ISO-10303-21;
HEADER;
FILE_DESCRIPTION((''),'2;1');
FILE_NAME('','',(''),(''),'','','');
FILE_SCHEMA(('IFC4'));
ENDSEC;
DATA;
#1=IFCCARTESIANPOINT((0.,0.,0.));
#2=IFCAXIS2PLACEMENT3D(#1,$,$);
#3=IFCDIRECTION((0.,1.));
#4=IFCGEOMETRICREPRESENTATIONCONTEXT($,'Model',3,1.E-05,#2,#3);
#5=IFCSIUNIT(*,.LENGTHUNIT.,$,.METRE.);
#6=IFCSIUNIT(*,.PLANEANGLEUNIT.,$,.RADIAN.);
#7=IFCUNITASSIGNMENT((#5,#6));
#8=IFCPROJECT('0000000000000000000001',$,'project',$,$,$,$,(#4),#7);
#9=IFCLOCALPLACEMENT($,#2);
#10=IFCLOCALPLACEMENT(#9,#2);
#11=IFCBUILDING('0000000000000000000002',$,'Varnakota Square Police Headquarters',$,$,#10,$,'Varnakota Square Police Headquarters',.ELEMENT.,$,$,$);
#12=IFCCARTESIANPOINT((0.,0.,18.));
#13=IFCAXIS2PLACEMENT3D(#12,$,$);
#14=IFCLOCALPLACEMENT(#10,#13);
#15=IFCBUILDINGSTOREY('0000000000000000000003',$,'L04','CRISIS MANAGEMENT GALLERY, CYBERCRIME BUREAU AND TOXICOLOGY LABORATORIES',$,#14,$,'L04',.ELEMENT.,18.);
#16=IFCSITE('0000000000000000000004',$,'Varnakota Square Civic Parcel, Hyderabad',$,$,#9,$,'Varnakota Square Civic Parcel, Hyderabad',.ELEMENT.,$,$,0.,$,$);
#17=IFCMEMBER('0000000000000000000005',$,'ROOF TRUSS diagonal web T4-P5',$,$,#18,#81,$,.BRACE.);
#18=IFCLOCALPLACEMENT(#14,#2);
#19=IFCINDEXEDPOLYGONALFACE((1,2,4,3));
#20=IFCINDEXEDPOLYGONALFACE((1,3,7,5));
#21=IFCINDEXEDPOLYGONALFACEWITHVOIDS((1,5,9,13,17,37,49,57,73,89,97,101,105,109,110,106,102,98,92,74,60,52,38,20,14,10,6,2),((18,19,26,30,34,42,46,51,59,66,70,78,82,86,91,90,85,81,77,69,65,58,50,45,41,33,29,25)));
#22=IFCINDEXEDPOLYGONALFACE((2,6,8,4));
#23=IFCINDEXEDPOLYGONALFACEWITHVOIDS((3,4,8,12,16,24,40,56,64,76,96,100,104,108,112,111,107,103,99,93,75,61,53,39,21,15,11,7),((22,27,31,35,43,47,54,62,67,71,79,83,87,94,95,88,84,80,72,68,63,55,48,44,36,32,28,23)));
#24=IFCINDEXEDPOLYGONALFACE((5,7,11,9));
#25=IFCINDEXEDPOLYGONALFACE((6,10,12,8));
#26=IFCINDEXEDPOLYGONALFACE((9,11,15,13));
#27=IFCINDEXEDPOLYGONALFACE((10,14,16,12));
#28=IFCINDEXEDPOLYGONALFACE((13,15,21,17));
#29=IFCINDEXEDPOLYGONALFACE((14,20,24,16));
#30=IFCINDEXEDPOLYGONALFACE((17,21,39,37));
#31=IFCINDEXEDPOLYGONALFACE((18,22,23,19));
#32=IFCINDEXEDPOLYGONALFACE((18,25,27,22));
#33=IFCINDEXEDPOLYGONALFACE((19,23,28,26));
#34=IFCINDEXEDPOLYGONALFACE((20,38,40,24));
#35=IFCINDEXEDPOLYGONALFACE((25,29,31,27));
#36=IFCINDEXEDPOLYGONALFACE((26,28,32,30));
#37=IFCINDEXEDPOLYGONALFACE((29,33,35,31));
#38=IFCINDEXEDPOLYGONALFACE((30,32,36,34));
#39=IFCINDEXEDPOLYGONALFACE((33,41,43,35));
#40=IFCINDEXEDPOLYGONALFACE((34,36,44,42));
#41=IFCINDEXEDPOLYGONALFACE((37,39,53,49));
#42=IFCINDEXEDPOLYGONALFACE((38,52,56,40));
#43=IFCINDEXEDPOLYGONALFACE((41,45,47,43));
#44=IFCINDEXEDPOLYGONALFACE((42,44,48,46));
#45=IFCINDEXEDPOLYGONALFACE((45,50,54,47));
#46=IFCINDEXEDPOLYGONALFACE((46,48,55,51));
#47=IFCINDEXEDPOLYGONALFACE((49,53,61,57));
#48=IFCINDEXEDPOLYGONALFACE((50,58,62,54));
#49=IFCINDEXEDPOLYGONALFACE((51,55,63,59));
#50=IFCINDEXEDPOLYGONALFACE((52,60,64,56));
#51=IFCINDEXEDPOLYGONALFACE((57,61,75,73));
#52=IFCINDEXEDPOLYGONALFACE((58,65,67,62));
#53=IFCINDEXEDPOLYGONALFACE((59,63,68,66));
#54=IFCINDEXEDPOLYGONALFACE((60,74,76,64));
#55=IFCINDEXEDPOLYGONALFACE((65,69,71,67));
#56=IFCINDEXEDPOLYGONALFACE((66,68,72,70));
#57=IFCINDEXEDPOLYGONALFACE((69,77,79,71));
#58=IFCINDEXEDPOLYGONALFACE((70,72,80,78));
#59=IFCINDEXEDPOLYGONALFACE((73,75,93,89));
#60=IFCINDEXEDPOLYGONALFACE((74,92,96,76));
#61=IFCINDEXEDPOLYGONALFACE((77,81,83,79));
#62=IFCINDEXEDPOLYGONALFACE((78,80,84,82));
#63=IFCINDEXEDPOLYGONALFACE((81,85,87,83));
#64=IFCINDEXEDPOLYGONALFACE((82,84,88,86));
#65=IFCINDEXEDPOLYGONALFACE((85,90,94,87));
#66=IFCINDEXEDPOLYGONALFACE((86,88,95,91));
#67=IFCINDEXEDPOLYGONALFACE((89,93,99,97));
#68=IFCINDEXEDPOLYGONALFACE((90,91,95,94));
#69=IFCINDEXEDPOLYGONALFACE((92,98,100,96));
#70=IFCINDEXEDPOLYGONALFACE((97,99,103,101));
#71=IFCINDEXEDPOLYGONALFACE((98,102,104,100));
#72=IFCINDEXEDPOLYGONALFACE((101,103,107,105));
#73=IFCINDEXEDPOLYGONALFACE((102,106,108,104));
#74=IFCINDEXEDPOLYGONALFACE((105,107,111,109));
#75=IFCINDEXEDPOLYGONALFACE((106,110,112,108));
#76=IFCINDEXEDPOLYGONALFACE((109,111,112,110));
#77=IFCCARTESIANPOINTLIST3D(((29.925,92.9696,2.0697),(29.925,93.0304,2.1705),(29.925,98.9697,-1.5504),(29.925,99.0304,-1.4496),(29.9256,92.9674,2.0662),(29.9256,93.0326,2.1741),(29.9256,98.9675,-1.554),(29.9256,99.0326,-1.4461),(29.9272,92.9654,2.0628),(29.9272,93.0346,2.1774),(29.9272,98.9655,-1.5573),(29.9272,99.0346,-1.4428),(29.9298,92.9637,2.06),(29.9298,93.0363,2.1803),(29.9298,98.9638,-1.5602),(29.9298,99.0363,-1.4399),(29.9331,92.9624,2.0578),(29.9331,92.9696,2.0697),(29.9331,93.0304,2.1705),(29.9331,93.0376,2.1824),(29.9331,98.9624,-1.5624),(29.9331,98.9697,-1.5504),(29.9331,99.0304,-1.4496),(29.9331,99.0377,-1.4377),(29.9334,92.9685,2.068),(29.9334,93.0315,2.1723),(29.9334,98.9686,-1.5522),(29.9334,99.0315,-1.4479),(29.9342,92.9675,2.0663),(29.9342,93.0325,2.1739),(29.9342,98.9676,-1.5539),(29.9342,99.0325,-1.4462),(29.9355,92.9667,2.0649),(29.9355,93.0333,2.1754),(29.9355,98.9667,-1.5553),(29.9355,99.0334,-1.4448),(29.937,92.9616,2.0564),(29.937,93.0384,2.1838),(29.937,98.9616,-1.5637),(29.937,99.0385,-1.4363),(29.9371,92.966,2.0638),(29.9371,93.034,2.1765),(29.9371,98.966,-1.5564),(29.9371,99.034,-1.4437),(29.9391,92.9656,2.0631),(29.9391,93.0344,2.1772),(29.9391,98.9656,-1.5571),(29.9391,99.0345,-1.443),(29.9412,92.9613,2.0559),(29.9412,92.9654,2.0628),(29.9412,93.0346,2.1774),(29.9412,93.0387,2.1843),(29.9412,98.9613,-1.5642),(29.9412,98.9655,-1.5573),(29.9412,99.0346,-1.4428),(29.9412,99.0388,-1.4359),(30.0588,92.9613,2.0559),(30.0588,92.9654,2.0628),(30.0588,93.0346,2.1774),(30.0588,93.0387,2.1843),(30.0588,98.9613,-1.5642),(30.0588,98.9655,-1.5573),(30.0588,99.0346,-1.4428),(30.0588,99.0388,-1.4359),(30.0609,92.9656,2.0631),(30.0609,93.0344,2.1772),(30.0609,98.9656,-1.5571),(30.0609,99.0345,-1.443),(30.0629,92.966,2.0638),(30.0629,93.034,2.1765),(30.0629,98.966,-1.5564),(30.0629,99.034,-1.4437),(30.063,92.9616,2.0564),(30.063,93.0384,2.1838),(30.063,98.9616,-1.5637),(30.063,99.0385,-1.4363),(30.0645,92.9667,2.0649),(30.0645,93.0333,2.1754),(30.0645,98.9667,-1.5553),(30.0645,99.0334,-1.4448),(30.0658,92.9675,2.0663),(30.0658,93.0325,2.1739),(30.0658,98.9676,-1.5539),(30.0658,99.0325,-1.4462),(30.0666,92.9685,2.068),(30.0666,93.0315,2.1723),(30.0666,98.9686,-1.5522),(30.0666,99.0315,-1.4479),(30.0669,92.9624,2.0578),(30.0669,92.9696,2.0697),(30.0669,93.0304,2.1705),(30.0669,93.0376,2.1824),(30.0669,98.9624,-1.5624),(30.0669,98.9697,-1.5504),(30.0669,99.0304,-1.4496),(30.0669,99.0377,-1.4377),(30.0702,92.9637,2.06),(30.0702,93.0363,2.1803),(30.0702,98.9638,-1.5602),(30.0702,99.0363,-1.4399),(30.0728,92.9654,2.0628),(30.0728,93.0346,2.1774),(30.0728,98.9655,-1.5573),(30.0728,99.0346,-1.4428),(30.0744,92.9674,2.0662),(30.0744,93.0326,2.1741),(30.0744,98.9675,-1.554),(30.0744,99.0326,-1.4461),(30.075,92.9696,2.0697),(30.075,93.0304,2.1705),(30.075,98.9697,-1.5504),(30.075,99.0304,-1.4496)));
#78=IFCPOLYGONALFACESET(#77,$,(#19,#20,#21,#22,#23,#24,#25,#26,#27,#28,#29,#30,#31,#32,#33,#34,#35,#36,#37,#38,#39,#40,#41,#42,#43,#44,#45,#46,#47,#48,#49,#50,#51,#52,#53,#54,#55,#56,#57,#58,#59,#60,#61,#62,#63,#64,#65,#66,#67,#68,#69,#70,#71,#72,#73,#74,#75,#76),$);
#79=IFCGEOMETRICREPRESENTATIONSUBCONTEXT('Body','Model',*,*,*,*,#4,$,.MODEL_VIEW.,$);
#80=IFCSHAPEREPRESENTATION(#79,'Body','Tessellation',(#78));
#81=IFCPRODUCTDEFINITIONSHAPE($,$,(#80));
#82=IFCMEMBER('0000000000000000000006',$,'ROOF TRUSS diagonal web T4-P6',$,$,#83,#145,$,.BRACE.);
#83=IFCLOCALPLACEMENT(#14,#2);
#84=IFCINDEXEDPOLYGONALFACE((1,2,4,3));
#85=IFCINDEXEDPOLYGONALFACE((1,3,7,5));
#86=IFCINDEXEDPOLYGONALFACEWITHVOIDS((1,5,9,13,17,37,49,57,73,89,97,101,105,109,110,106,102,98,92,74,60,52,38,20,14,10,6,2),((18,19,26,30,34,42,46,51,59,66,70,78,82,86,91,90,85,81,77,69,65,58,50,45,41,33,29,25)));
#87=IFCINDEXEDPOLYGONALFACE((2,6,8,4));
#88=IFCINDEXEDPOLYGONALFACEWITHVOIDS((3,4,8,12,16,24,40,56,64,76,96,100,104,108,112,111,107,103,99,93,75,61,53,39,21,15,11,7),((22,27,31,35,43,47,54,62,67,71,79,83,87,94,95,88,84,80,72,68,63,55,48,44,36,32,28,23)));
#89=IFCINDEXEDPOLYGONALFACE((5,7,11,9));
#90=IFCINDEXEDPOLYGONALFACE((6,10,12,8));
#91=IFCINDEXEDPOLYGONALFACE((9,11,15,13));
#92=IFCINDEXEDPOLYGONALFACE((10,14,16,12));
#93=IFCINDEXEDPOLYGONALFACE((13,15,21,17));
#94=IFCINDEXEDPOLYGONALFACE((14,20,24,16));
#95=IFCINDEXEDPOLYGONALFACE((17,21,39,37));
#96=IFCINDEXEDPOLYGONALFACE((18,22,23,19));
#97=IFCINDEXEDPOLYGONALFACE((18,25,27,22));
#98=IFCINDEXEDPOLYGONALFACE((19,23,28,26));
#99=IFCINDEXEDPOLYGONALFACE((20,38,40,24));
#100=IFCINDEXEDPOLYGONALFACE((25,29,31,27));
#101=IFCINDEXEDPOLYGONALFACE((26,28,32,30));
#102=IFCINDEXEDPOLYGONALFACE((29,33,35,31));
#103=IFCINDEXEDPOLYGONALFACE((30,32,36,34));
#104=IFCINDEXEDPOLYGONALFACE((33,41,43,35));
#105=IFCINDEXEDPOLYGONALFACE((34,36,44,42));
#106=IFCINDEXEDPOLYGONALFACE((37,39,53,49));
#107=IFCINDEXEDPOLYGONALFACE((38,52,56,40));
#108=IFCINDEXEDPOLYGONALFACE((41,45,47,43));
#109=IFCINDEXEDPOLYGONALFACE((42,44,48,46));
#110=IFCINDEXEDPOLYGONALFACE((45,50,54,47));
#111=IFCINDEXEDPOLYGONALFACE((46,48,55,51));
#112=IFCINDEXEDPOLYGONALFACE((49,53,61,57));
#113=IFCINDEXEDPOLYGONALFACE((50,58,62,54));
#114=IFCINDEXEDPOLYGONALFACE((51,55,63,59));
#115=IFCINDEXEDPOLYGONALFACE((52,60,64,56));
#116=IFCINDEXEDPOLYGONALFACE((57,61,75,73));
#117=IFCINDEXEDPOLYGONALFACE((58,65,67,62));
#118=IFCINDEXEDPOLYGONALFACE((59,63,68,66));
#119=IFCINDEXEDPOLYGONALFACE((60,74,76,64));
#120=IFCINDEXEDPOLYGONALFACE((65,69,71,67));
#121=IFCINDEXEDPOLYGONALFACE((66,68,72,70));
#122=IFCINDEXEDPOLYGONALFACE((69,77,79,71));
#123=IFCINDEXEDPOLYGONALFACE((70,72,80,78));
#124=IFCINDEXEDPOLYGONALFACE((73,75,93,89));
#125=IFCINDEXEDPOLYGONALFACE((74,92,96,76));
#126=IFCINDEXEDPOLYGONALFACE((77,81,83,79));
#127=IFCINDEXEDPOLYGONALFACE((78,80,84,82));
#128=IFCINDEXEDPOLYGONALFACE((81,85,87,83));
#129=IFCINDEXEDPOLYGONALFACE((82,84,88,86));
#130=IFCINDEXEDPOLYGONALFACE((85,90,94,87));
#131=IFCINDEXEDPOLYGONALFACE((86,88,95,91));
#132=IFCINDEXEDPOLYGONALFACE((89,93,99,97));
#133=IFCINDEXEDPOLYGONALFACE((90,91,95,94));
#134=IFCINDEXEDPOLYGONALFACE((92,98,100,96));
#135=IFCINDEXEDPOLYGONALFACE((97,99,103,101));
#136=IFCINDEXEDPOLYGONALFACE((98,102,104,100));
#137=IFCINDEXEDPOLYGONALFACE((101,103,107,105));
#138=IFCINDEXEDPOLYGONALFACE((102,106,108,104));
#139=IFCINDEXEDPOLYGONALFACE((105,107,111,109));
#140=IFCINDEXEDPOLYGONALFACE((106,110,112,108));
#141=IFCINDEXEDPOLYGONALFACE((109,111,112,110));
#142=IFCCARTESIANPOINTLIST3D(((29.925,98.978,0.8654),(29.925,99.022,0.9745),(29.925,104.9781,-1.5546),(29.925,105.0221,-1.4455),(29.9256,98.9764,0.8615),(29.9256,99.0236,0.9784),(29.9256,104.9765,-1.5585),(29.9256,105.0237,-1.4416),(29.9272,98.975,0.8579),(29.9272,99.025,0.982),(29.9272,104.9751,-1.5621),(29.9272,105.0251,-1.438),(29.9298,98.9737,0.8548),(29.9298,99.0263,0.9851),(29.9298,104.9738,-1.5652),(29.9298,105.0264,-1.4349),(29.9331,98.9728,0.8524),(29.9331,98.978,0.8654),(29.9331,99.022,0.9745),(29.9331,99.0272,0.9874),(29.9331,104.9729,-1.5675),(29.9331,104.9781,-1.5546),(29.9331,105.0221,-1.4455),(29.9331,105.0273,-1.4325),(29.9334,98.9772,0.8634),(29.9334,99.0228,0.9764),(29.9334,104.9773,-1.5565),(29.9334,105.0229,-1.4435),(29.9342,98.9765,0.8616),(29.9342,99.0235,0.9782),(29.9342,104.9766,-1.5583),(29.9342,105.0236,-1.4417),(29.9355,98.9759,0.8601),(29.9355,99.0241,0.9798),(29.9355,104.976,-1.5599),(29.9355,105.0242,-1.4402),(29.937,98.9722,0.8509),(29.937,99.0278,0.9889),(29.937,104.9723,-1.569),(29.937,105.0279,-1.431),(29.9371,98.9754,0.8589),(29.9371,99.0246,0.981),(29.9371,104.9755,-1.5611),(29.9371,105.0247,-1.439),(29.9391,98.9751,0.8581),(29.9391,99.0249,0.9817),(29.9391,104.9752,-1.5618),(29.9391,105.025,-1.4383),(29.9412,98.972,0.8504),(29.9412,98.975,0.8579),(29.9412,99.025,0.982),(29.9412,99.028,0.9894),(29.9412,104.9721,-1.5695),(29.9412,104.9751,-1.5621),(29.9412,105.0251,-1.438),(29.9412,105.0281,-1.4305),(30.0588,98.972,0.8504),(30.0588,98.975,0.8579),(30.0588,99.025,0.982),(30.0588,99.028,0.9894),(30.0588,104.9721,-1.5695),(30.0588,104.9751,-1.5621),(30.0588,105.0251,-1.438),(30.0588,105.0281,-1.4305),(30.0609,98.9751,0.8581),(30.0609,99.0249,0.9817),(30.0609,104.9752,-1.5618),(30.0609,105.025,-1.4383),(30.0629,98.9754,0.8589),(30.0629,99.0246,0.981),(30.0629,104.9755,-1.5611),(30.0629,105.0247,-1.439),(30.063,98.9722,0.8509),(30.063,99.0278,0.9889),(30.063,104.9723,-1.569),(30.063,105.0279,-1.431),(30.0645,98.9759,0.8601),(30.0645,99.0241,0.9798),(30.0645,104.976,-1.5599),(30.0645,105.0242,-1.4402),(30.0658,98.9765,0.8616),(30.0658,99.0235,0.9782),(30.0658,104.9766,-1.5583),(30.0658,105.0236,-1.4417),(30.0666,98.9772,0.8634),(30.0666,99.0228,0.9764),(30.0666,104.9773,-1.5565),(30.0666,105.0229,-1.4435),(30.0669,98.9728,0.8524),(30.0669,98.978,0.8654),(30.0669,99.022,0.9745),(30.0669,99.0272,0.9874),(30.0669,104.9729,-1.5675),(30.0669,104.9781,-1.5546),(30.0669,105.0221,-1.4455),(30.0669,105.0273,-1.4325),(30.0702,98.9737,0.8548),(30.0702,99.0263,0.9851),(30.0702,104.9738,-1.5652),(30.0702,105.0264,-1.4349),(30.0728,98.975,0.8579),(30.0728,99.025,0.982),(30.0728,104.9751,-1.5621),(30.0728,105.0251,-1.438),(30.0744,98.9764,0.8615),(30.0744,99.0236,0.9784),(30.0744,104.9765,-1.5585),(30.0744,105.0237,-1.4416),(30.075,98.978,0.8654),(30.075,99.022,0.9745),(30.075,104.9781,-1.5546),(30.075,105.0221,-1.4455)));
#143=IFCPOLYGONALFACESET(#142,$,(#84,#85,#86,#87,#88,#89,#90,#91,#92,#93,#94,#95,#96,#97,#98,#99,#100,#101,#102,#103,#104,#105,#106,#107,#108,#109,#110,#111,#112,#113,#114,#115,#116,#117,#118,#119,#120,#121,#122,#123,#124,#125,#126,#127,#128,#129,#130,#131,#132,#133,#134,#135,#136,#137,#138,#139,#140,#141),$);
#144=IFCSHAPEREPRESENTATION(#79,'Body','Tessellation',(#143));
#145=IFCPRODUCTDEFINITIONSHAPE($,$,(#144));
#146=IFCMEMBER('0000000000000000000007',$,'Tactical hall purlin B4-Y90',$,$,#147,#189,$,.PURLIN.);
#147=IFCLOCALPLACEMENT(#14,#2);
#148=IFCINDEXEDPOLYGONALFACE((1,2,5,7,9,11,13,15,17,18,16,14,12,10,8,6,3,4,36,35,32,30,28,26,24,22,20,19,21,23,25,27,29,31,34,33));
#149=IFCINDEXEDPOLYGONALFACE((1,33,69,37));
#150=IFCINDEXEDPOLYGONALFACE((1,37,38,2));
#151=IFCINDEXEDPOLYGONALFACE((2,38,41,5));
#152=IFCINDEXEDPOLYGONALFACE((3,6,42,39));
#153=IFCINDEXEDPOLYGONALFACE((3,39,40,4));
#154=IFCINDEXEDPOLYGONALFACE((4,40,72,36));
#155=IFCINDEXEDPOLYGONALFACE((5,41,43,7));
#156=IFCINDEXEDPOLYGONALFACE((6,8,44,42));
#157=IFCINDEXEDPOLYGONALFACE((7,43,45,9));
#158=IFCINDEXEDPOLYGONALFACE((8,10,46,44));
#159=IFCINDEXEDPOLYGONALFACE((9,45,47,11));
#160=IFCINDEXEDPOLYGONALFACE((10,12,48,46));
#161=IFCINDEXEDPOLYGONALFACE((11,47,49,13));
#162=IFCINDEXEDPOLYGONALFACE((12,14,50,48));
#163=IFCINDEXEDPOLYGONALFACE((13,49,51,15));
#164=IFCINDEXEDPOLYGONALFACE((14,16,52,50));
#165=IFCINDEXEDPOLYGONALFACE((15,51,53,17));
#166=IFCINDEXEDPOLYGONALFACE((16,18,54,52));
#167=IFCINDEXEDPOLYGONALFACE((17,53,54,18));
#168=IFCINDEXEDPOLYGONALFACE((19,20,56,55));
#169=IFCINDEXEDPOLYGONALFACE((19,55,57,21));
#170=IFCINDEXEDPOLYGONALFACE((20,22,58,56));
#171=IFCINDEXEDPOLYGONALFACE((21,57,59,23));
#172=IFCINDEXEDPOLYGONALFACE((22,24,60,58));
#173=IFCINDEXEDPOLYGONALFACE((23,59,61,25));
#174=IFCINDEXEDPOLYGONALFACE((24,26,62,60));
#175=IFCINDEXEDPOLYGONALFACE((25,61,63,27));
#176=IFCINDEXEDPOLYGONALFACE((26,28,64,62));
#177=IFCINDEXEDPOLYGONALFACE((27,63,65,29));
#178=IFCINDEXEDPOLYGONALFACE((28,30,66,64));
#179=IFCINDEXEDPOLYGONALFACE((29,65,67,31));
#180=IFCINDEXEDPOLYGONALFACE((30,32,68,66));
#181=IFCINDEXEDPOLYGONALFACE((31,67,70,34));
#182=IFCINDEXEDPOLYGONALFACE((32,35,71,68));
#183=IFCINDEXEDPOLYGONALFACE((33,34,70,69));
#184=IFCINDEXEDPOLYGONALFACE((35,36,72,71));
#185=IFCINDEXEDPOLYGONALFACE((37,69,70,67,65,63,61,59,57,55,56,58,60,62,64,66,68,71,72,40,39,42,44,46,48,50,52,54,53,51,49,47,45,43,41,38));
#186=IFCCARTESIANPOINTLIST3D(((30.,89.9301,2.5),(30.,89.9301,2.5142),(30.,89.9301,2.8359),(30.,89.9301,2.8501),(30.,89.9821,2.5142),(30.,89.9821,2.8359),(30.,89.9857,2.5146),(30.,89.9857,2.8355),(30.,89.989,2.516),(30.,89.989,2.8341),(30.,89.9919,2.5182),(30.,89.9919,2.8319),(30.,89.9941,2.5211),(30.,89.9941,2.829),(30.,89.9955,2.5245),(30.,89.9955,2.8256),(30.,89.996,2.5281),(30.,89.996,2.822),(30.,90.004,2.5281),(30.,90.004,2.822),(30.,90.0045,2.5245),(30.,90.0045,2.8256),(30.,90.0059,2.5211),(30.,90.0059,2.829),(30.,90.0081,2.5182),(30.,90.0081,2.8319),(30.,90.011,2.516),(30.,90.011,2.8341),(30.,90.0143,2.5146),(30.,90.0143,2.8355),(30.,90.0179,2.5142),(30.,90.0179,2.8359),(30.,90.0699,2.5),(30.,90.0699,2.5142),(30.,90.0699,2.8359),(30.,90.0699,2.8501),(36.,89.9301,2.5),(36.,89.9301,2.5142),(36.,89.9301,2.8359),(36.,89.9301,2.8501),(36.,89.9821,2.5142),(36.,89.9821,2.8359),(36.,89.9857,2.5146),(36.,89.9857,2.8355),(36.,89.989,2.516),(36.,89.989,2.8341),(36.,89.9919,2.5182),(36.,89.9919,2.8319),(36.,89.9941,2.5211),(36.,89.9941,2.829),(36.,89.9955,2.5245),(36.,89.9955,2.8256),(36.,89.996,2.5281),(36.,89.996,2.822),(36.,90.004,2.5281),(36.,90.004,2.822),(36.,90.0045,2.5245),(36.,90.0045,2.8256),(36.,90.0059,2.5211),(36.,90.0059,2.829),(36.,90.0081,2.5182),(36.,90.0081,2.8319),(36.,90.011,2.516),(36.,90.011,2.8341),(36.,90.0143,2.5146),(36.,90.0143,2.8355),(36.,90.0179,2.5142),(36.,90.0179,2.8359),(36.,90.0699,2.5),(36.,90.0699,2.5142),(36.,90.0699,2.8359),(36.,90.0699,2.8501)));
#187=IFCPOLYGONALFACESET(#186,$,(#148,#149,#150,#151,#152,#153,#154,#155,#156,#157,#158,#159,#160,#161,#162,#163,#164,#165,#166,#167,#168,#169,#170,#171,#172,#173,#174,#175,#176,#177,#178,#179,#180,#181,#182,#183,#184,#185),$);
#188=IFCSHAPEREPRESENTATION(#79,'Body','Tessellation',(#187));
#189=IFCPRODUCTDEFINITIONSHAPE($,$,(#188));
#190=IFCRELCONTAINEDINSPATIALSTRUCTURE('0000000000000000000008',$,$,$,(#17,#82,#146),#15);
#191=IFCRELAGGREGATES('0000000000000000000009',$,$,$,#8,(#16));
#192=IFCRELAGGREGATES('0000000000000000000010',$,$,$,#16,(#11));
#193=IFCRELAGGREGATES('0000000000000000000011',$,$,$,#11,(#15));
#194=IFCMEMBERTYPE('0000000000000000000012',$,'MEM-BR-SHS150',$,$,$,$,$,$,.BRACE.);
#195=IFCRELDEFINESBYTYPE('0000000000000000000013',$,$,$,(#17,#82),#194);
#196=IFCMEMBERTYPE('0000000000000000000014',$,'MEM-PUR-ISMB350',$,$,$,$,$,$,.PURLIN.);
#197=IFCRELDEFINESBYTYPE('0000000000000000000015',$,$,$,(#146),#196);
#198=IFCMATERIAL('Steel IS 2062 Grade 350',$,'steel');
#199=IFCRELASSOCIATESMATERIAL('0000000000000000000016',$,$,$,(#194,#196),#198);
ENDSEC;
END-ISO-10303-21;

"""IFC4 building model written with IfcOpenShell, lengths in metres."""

from ifc_helpers import new_model, si_unit, direction, frame, origin, origin_2d, place, context, subcontext, project, spatial, hollow_rectangle, i_section, extrude, material, material_profile, profile_set, type_object, element, save


model = new_model("IFC4")

# Units and contexts
model_context = context("Model", 3, precision=1e-05, world=origin(), true_north=direction((0.0, 1.0)))
body_context = subcontext(model_context, "Body", "Model", "MODEL_VIEW")
ifc_project = project(units=[si_unit("LENGTHUNIT", "METRE"), si_unit("PLANEANGLEUNIT", "RADIAN")], contexts=[model_context])

# Site, building, storey
site_placement = place(None, origin())
site = spatial("IfcSite", under=ifc_project, at=site_placement, Name="Varnakota Square Civic Parcel, Hyderabad", LongName="Varnakota Square Civic Parcel, Hyderabad", CompositionType="ELEMENT", RefElevation=0.0)
building_placement = place(site_placement, origin())
building = spatial("IfcBuilding", under=site, at=building_placement, Name="Varnakota Square Police Headquarters", LongName="Varnakota Square Police Headquarters", CompositionType="ELEMENT")
storey_placement = place(building_placement, frame((0.0, 0.0, 18.0)))
storey = spatial("IfcBuildingStorey", under=building, at=storey_placement, Name="L04", Description="CRISIS MANAGEMENT GALLERY, CYBERCRIME BUREAU AND TOXICOLOGY LABORATORIES", LongName="L04", CompositionType="ELEMENT", Elevation=18.0)

# Shared definitions
ifc_material_1 = material(Name="Steel IS 2062 Grade 350", Category="steel")

# Members
ifc_material_profile_1 = material_profile(ifc_material_1, hollow_rectangle(XDim=0.1499, YDim=0.1499, WallThickness=0.0081, InnerFilletRadius=0.0081, OuterFilletRadius=0.0161, at=origin_2d()), Name="SHS 150x150x8")
ifc_profile_set_1 = profile_set([ifc_material_profile_1], Name="Steel IS 2062 Grade 350")
member_type_1 = type_object("IfcMemberType", Name="MEM-BR-SHS150", PredefinedType="BRACE", material=ifc_profile_set_1)
member_1_placement = place(storey_placement, frame((30.0, 93.0, 2.1201), z_axis=(0.0, 0.856224, -0.516605), x_axis=(-1.0, 0.0, 0.0)))
element("IfcMember", 1, at=member_1_placement, inside=storey, type_object=member_type_1, Name="ROOF TRUSS diagonal web T4-P5", PredefinedType="BRACE", context=body_context, shape_type="SweptSolid", body=[
    extrude(hollow_rectangle(XDim=0.1499, YDim=0.1499, WallThickness=0.0081, InnerFilletRadius=0.0081, OuterFilletRadius=0.0161, at=origin_2d()), origin(), (0.0, 0.0, 1.0), 7.0076),
])
member_2_placement = place(storey_placement, frame((30.0, 99.0, 0.9199), z_axis=(0.0, 0.927411, -0.374044), x_axis=(-1.0, 0.0, 0.0)))
element("IfcMember", 2, at=member_2_placement, inside=storey, type_object=member_type_1, Name="ROOF TRUSS diagonal web T4-P6", PredefinedType="BRACE", context=body_context, shape_type="SweptSolid", body=[
    extrude(hollow_rectangle(XDim=0.1499, YDim=0.1499, WallThickness=0.0081, InnerFilletRadius=0.0081, OuterFilletRadius=0.0161, at=origin_2d()), origin(), (0.0, 0.0, 1.0), 6.4697),
])
ifc_material_profile_2 = material_profile(ifc_material_1, i_section(OverallWidth=0.1399, OverallDepth=0.3501, WebThickness=0.0081, FlangeThickness=0.0142, FilletRadius=0.0139, at=origin_2d()), Name="ISMB 350")
ifc_profile_set_2 = profile_set([ifc_material_profile_2], Name="Steel IS 2062 Grade 350")
member_type_2 = type_object("IfcMemberType", Name="MEM-PUR-ISMB350", PredefinedType="PURLIN", material=ifc_profile_set_2)
for number, where, z_axis, x_axis, name in (
    (3, (30.0, 90.0, 2.675), (1.0, 0.0, 0.0), (0.0, 1.0, 0.0), "Tactical hall purlin B4-Y90"),
):
    element("IfcMember", number, at=place(storey_placement, frame(where, z_axis=z_axis, x_axis=x_axis)), inside=storey, type_object=member_type_2, Name=name, PredefinedType="PURLIN", context=body_context, shape_type="SweptSolid", body=[
        extrude(i_section(OverallWidth=0.1399, OverallDepth=0.3501, WebThickness=0.0081, FlangeThickness=0.0142, FilletRadius=0.0139, at=origin_2d()), origin(), (0.0, 0.0, 1.0), 6.0),
    ])

save(model, "model.ifc")
